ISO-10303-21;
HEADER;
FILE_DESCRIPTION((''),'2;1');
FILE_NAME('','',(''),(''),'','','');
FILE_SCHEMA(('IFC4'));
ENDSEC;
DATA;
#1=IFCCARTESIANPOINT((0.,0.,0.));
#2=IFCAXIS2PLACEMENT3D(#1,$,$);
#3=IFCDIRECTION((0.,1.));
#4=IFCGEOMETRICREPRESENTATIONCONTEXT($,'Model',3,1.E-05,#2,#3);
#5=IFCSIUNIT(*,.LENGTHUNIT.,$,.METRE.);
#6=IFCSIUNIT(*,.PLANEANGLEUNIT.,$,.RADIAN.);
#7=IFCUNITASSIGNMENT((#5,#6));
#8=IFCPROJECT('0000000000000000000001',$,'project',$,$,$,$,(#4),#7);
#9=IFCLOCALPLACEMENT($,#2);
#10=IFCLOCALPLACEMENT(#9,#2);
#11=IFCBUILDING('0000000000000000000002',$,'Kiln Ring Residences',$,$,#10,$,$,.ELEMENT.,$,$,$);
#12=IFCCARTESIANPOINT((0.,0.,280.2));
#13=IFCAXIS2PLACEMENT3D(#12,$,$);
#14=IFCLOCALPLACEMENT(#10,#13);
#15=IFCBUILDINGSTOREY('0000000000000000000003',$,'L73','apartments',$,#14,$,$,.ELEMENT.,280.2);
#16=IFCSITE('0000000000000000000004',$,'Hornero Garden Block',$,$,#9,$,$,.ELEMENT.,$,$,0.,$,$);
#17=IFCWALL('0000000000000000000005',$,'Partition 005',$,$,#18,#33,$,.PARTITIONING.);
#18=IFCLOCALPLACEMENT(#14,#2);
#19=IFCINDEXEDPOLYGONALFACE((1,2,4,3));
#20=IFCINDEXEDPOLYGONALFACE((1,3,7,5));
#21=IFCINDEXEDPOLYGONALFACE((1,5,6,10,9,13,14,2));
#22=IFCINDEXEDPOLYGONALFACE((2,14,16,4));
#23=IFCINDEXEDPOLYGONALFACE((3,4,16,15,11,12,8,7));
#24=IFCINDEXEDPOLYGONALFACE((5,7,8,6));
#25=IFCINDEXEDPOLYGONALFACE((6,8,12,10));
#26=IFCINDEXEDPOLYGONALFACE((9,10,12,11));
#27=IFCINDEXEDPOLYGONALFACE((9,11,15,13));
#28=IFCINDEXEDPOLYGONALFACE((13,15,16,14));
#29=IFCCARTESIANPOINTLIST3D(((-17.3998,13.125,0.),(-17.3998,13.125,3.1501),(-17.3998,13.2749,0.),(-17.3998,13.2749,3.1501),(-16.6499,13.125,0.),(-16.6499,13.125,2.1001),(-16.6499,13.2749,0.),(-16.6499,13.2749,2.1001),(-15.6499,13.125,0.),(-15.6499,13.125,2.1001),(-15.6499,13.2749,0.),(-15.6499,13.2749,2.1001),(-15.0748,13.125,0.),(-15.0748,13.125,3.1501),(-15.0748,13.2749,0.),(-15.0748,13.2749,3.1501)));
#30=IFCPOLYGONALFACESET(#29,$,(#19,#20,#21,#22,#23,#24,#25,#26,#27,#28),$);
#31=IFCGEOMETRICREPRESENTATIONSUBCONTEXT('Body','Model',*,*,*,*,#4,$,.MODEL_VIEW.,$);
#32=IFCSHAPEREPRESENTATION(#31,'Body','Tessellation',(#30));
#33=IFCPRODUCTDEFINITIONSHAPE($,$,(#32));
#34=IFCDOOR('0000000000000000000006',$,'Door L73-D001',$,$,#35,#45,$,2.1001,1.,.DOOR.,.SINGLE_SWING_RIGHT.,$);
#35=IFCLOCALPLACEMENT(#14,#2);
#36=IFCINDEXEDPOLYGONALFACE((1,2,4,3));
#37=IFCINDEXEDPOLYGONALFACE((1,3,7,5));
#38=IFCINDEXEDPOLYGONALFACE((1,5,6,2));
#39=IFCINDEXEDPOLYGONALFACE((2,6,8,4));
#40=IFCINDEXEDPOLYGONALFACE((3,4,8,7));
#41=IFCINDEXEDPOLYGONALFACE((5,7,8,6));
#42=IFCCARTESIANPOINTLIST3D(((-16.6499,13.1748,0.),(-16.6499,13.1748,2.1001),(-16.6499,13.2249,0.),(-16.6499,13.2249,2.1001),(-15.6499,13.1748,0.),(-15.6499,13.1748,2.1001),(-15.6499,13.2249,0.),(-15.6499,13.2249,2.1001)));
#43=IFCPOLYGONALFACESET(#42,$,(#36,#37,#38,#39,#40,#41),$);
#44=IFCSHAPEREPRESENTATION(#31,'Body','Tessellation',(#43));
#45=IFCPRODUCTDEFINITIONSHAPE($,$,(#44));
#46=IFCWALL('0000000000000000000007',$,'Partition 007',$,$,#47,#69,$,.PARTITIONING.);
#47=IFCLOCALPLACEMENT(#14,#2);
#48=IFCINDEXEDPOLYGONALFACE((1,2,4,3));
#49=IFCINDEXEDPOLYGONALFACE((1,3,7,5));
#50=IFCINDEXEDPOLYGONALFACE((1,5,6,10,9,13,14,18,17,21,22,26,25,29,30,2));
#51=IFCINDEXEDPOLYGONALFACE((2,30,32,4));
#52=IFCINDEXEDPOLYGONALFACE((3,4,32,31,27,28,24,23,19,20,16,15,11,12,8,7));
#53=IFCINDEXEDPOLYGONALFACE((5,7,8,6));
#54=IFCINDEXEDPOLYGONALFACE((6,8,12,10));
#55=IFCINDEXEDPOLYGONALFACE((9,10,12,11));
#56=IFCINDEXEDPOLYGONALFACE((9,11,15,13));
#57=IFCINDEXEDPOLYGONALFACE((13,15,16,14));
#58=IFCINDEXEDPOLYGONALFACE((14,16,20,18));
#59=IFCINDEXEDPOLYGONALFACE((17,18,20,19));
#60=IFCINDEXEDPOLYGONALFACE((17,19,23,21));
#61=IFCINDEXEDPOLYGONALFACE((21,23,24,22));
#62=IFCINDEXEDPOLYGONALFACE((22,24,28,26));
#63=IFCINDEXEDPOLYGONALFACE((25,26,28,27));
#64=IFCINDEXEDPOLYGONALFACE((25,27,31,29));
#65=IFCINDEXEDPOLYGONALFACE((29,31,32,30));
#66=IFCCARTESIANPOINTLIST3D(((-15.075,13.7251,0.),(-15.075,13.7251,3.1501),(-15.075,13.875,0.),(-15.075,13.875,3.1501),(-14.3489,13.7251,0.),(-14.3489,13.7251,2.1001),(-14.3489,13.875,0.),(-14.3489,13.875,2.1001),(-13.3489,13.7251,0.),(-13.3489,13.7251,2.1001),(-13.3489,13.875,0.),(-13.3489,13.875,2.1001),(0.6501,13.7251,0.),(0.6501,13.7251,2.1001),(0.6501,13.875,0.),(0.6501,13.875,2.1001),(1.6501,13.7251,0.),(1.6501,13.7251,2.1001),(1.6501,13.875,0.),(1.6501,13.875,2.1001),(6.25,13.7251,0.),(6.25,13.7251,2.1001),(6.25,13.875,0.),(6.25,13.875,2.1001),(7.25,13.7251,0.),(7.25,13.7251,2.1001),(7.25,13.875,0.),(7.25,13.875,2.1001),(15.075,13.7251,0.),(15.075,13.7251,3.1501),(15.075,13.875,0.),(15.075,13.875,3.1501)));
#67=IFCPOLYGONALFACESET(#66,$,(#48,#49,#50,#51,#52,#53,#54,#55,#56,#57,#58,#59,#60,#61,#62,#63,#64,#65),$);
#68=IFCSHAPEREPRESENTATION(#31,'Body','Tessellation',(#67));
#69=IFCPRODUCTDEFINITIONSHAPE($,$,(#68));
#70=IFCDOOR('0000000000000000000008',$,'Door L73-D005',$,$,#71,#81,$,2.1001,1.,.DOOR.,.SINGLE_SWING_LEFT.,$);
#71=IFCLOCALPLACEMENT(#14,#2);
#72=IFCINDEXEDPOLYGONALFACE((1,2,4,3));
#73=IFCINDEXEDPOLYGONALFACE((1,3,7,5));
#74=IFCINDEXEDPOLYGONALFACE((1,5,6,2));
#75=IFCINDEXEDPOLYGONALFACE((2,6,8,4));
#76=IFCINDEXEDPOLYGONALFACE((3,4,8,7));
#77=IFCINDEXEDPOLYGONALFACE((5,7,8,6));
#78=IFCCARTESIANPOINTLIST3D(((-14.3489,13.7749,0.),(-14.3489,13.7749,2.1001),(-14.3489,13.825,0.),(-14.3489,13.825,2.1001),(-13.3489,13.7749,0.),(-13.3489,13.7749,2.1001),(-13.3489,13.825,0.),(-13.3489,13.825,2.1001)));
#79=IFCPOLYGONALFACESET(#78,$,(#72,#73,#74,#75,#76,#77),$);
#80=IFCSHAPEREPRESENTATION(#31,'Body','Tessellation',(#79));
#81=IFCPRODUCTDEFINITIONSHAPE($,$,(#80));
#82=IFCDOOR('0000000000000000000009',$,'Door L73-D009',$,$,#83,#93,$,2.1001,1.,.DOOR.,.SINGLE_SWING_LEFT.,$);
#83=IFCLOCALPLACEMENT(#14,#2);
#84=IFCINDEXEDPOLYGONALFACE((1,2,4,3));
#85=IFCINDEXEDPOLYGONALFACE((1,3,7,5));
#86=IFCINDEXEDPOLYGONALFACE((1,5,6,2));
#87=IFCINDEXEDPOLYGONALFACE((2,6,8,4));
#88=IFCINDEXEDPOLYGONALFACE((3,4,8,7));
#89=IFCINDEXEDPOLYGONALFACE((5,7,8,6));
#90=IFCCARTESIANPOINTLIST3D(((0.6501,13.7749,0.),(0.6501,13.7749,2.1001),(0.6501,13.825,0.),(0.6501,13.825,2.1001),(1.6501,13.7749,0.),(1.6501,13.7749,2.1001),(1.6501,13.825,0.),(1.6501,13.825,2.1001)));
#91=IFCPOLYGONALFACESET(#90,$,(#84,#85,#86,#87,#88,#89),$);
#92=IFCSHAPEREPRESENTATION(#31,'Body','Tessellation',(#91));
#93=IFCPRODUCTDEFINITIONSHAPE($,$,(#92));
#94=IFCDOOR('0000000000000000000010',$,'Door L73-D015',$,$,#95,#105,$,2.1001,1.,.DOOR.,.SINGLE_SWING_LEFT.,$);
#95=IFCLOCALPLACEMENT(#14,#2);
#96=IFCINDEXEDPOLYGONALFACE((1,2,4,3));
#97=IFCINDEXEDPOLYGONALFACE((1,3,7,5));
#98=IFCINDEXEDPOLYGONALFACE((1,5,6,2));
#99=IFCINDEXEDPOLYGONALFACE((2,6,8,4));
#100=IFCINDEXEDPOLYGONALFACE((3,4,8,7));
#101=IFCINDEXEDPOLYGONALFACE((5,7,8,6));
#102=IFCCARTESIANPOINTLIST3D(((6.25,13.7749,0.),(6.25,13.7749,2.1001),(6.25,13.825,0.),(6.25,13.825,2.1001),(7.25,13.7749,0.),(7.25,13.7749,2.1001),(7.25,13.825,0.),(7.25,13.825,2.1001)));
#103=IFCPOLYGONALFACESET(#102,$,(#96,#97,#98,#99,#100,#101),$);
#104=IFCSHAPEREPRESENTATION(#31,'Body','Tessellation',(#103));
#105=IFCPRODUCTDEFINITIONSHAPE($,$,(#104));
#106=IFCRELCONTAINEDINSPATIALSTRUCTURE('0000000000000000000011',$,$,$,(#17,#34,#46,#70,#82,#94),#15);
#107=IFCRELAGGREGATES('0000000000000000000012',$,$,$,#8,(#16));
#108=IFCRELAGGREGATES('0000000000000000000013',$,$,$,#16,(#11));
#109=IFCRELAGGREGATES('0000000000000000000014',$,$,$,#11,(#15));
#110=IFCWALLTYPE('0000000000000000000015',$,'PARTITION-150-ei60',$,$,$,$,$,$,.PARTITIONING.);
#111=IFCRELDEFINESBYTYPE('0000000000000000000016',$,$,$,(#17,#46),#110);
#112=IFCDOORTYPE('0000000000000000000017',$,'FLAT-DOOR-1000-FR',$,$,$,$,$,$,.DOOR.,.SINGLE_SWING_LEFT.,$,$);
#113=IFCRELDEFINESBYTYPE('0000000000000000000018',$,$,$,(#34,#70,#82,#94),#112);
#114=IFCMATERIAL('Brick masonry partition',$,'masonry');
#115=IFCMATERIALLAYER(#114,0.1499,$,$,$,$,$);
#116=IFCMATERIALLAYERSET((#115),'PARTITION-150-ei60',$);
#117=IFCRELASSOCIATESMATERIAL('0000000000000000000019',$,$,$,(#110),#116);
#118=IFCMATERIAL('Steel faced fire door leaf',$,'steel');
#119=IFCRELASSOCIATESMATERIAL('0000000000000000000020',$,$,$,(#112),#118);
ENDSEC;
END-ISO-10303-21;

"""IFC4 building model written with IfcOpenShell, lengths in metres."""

from ifc_helpers import new_model, si_unit, direction, frame, frame_2d, origin, place, context, subcontext, project, spatial, rectangle, extrude, material, layer, layer_set, type_object, element, fill, save


model = new_model("IFC4")

# Units and contexts
model_context = context("Model", 3, precision=1e-05, world=origin(), true_north=direction((0.0, 1.0)))
body_context = subcontext(model_context, "Body", "Model", "MODEL_VIEW")
ifc_project = project(units=[si_unit("LENGTHUNIT", "METRE"), si_unit("PLANEANGLEUNIT", "RADIAN")], contexts=[model_context])

# Site, building, storey
site_placement = place(None, origin())
site = spatial("IfcSite", under=ifc_project, at=site_placement, Name="Hornero Garden Block", CompositionType="ELEMENT", RefElevation=0.0)
building_placement = place(site_placement, origin())
building = spatial("IfcBuilding", under=site, at=building_placement, Name="Kiln Ring Residences", CompositionType="ELEMENT")
storey_placement = place(building_placement, frame((0.0, 0.0, 280.2)))
storey = spatial("IfcBuildingStorey", under=building, at=storey_placement, Name="L73", Description="apartments", CompositionType="ELEMENT", Elevation=280.2)

# Wall, opening, door
ifc_material_1 = material(Name="Brick masonry partition", Category="masonry")
ifc_layer_1 = layer(ifc_material_1, 0.1499)
ifc_layer_set_1 = layer_set([ifc_layer_1], Name="PARTITION-150-ei60")
wall_type_1 = type_object("IfcWallType", Name="PARTITION-150-ei60", PredefinedType="PARTITIONING", material=ifc_layer_set_1)
wall_1_placement = place(storey_placement, frame((-17.3999, 13.2, 0.0), z_axis=(0.0, 0.0, 1.0), x_axis=(1.0, 0.0, 0.0)))
wall_1 = element("IfcWall", 1, at=wall_1_placement, inside=storey, type_object=wall_type_1, Name="Partition 005", PredefinedType="PARTITIONING", context=body_context, shape_type="SweptSolid", body=[
    extrude(rectangle(XDim=2.325, YDim=0.1499, at=frame_2d((1.1626, 0.0))), origin(), (0.0, 0.0, 1.0), 3.1501),
])
opening_1_placement = place(wall_1_placement, frame((0.75, 0.0, 0.0)))
opening_1 = element("IfcOpeningElement", 2, at=opening_1_placement, cuts=wall_1, PredefinedType="OPENING", context=body_context, shape_type="SweptSolid", body=[
    extrude(rectangle(XDim=1.0, YDim=2.1001, at=frame_2d((0.5, 1.05))), frame((0.0, 0.085, 0.0), z_axis=(0.0, -1.0, 0.0), x_axis=(1.0, 0.0, 0.0)), (0.0, 0.0, 1.0), 0.1699),
])
ifc_material_2 = material(Name="Steel faced fire door leaf", Category="steel")
door_type_1 = type_object("IfcDoorType", Name="FLAT-DOOR-1000-FR", OperationType="SINGLE_SWING_LEFT", PredefinedType="DOOR", material=ifc_material_2)
door_1_placement = place(opening_1_placement, origin())
door_1 = element("IfcDoor", 3, at=door_1_placement, inside=storey, type_object=door_type_1, Name="Door L73-D001", OperationType="SINGLE_SWING_RIGHT", OverallHeight=2.1001, OverallWidth=1.0, PredefinedType="DOOR", context=body_context, shape_type="SweptSolid", body=[
    extrude(rectangle(XDim=1.0, YDim=2.1001, at=frame_2d((0.5, 1.05))), frame((0.0, 0.0249, 0.0), z_axis=(0.0, -1.0, 0.0), x_axis=(1.0, 0.0, 0.0)), (0.0, 0.0, 1.0), 0.05),
])
fill(opening_1, door_1)

# Wall, openings, doors
wall_2_placement = place(storey_placement, frame((-15.075, 13.8, 0.0), z_axis=(0.0, 0.0, 1.0), x_axis=(1.0, 0.0, 0.0)))
wall_2 = element("IfcWall", 4, at=wall_2_placement, inside=storey, type_object=wall_type_1, Name="Partition 007", PredefinedType="PARTITIONING", context=body_context, shape_type="SweptSolid", body=[
    extrude(rectangle(XDim=30.1499, YDim=0.1499, at=frame_2d((15.075, 0.0))), origin(), (0.0, 0.0, 1.0), 3.1501),
])
opening_2_placement = place(wall_2_placement, frame((0.7261, 0.0, 0.0)))
opening_2 = element("IfcOpeningElement", 5, at=opening_2_placement, cuts=wall_2, PredefinedType="OPENING", context=body_context, shape_type="SweptSolid", body=[
    extrude(rectangle(XDim=1.0, YDim=2.1001, at=frame_2d((0.5, 1.05))), frame((0.0, 0.085, 0.0), z_axis=(0.0, -1.0, 0.0), x_axis=(1.0, 0.0, 0.0)), (0.0, 0.0, 1.0), 0.1699),
])
opening_3_placement = place(wall_2_placement, frame((15.7251, 0.0, 0.0)))
opening_3 = element("IfcOpeningElement", 6, at=opening_3_placement, cuts=wall_2, PredefinedType="OPENING", context=body_context, shape_type="SweptSolid", body=[
    extrude(rectangle(XDim=1.0, YDim=2.1001, at=frame_2d((0.5, 1.05))), frame((0.0, 0.085, 0.0), z_axis=(0.0, -1.0, 0.0), x_axis=(1.0, 0.0, 0.0)), (0.0, 0.0, 1.0), 0.1699),
])
opening_4_placement = place(wall_2_placement, frame((21.325, 0.0, 0.0)))
opening_4 = element("IfcOpeningElement", 7, at=opening_4_placement, cuts=wall_2, PredefinedType="OPENING", context=body_context, shape_type="SweptSolid", body=[
    extrude(rectangle(XDim=1.0, YDim=2.1001, at=frame_2d((0.5, 1.05))), frame((0.0, 0.085, 0.0), z_axis=(0.0, -1.0, 0.0), x_axis=(1.0, 0.0, 0.0)), (0.0, 0.0, 1.0), 0.1699),
])
door_2_placement = place(opening_2_placement, origin())
door_2 = element("IfcDoor", 8, at=door_2_placement, inside=storey, type_object=door_type_1, Name="Door L73-D005", OperationType="SINGLE_SWING_LEFT", OverallHeight=2.1001, OverallWidth=1.0, PredefinedType="DOOR", context=body_context, shape_type="SweptSolid", body=[
    extrude(rectangle(XDim=1.0, YDim=2.1001, at=frame_2d((0.5, 1.05))), frame((0.0, 0.0249, 0.0), z_axis=(0.0, -1.0, 0.0), x_axis=(1.0, 0.0, 0.0)), (0.0, 0.0, 1.0), 0.05),
])
fill(opening_2, door_2)
door_3_placement = place(opening_3_placement, origin())
door_3 = element("IfcDoor", 9, at=door_3_placement, inside=storey, type_object=door_type_1, Name="Door L73-D009", OperationType="SINGLE_SWING_LEFT", OverallHeight=2.1001, OverallWidth=1.0, PredefinedType="DOOR", context=body_context, shape_type="SweptSolid", body=[
    extrude(rectangle(XDim=1.0, YDim=2.1001, at=frame_2d((0.5, 1.05))), frame((0.0, 0.0249, 0.0), z_axis=(0.0, -1.0, 0.0), x_axis=(1.0, 0.0, 0.0)), (0.0, 0.0, 1.0), 0.05),
])
fill(opening_3, door_3)
door_4_placement = place(opening_4_placement, origin())
door_4 = element("IfcDoor", 10, at=door_4_placement, inside=storey, type_object=door_type_1, Name="Door L73-D015", OperationType="SINGLE_SWING_LEFT", OverallHeight=2.1001, OverallWidth=1.0, PredefinedType="DOOR", context=body_context, shape_type="SweptSolid", body=[
    extrude(rectangle(XDim=1.0, YDim=2.1001, at=frame_2d((0.5, 1.05))), frame((0.0, 0.0249, 0.0), z_axis=(0.0, -1.0, 0.0), x_axis=(1.0, 0.0, 0.0)), (0.0, 0.0, 1.0), 0.05),
])
fill(opening_4, door_4)

save(model, "model.ifc")
